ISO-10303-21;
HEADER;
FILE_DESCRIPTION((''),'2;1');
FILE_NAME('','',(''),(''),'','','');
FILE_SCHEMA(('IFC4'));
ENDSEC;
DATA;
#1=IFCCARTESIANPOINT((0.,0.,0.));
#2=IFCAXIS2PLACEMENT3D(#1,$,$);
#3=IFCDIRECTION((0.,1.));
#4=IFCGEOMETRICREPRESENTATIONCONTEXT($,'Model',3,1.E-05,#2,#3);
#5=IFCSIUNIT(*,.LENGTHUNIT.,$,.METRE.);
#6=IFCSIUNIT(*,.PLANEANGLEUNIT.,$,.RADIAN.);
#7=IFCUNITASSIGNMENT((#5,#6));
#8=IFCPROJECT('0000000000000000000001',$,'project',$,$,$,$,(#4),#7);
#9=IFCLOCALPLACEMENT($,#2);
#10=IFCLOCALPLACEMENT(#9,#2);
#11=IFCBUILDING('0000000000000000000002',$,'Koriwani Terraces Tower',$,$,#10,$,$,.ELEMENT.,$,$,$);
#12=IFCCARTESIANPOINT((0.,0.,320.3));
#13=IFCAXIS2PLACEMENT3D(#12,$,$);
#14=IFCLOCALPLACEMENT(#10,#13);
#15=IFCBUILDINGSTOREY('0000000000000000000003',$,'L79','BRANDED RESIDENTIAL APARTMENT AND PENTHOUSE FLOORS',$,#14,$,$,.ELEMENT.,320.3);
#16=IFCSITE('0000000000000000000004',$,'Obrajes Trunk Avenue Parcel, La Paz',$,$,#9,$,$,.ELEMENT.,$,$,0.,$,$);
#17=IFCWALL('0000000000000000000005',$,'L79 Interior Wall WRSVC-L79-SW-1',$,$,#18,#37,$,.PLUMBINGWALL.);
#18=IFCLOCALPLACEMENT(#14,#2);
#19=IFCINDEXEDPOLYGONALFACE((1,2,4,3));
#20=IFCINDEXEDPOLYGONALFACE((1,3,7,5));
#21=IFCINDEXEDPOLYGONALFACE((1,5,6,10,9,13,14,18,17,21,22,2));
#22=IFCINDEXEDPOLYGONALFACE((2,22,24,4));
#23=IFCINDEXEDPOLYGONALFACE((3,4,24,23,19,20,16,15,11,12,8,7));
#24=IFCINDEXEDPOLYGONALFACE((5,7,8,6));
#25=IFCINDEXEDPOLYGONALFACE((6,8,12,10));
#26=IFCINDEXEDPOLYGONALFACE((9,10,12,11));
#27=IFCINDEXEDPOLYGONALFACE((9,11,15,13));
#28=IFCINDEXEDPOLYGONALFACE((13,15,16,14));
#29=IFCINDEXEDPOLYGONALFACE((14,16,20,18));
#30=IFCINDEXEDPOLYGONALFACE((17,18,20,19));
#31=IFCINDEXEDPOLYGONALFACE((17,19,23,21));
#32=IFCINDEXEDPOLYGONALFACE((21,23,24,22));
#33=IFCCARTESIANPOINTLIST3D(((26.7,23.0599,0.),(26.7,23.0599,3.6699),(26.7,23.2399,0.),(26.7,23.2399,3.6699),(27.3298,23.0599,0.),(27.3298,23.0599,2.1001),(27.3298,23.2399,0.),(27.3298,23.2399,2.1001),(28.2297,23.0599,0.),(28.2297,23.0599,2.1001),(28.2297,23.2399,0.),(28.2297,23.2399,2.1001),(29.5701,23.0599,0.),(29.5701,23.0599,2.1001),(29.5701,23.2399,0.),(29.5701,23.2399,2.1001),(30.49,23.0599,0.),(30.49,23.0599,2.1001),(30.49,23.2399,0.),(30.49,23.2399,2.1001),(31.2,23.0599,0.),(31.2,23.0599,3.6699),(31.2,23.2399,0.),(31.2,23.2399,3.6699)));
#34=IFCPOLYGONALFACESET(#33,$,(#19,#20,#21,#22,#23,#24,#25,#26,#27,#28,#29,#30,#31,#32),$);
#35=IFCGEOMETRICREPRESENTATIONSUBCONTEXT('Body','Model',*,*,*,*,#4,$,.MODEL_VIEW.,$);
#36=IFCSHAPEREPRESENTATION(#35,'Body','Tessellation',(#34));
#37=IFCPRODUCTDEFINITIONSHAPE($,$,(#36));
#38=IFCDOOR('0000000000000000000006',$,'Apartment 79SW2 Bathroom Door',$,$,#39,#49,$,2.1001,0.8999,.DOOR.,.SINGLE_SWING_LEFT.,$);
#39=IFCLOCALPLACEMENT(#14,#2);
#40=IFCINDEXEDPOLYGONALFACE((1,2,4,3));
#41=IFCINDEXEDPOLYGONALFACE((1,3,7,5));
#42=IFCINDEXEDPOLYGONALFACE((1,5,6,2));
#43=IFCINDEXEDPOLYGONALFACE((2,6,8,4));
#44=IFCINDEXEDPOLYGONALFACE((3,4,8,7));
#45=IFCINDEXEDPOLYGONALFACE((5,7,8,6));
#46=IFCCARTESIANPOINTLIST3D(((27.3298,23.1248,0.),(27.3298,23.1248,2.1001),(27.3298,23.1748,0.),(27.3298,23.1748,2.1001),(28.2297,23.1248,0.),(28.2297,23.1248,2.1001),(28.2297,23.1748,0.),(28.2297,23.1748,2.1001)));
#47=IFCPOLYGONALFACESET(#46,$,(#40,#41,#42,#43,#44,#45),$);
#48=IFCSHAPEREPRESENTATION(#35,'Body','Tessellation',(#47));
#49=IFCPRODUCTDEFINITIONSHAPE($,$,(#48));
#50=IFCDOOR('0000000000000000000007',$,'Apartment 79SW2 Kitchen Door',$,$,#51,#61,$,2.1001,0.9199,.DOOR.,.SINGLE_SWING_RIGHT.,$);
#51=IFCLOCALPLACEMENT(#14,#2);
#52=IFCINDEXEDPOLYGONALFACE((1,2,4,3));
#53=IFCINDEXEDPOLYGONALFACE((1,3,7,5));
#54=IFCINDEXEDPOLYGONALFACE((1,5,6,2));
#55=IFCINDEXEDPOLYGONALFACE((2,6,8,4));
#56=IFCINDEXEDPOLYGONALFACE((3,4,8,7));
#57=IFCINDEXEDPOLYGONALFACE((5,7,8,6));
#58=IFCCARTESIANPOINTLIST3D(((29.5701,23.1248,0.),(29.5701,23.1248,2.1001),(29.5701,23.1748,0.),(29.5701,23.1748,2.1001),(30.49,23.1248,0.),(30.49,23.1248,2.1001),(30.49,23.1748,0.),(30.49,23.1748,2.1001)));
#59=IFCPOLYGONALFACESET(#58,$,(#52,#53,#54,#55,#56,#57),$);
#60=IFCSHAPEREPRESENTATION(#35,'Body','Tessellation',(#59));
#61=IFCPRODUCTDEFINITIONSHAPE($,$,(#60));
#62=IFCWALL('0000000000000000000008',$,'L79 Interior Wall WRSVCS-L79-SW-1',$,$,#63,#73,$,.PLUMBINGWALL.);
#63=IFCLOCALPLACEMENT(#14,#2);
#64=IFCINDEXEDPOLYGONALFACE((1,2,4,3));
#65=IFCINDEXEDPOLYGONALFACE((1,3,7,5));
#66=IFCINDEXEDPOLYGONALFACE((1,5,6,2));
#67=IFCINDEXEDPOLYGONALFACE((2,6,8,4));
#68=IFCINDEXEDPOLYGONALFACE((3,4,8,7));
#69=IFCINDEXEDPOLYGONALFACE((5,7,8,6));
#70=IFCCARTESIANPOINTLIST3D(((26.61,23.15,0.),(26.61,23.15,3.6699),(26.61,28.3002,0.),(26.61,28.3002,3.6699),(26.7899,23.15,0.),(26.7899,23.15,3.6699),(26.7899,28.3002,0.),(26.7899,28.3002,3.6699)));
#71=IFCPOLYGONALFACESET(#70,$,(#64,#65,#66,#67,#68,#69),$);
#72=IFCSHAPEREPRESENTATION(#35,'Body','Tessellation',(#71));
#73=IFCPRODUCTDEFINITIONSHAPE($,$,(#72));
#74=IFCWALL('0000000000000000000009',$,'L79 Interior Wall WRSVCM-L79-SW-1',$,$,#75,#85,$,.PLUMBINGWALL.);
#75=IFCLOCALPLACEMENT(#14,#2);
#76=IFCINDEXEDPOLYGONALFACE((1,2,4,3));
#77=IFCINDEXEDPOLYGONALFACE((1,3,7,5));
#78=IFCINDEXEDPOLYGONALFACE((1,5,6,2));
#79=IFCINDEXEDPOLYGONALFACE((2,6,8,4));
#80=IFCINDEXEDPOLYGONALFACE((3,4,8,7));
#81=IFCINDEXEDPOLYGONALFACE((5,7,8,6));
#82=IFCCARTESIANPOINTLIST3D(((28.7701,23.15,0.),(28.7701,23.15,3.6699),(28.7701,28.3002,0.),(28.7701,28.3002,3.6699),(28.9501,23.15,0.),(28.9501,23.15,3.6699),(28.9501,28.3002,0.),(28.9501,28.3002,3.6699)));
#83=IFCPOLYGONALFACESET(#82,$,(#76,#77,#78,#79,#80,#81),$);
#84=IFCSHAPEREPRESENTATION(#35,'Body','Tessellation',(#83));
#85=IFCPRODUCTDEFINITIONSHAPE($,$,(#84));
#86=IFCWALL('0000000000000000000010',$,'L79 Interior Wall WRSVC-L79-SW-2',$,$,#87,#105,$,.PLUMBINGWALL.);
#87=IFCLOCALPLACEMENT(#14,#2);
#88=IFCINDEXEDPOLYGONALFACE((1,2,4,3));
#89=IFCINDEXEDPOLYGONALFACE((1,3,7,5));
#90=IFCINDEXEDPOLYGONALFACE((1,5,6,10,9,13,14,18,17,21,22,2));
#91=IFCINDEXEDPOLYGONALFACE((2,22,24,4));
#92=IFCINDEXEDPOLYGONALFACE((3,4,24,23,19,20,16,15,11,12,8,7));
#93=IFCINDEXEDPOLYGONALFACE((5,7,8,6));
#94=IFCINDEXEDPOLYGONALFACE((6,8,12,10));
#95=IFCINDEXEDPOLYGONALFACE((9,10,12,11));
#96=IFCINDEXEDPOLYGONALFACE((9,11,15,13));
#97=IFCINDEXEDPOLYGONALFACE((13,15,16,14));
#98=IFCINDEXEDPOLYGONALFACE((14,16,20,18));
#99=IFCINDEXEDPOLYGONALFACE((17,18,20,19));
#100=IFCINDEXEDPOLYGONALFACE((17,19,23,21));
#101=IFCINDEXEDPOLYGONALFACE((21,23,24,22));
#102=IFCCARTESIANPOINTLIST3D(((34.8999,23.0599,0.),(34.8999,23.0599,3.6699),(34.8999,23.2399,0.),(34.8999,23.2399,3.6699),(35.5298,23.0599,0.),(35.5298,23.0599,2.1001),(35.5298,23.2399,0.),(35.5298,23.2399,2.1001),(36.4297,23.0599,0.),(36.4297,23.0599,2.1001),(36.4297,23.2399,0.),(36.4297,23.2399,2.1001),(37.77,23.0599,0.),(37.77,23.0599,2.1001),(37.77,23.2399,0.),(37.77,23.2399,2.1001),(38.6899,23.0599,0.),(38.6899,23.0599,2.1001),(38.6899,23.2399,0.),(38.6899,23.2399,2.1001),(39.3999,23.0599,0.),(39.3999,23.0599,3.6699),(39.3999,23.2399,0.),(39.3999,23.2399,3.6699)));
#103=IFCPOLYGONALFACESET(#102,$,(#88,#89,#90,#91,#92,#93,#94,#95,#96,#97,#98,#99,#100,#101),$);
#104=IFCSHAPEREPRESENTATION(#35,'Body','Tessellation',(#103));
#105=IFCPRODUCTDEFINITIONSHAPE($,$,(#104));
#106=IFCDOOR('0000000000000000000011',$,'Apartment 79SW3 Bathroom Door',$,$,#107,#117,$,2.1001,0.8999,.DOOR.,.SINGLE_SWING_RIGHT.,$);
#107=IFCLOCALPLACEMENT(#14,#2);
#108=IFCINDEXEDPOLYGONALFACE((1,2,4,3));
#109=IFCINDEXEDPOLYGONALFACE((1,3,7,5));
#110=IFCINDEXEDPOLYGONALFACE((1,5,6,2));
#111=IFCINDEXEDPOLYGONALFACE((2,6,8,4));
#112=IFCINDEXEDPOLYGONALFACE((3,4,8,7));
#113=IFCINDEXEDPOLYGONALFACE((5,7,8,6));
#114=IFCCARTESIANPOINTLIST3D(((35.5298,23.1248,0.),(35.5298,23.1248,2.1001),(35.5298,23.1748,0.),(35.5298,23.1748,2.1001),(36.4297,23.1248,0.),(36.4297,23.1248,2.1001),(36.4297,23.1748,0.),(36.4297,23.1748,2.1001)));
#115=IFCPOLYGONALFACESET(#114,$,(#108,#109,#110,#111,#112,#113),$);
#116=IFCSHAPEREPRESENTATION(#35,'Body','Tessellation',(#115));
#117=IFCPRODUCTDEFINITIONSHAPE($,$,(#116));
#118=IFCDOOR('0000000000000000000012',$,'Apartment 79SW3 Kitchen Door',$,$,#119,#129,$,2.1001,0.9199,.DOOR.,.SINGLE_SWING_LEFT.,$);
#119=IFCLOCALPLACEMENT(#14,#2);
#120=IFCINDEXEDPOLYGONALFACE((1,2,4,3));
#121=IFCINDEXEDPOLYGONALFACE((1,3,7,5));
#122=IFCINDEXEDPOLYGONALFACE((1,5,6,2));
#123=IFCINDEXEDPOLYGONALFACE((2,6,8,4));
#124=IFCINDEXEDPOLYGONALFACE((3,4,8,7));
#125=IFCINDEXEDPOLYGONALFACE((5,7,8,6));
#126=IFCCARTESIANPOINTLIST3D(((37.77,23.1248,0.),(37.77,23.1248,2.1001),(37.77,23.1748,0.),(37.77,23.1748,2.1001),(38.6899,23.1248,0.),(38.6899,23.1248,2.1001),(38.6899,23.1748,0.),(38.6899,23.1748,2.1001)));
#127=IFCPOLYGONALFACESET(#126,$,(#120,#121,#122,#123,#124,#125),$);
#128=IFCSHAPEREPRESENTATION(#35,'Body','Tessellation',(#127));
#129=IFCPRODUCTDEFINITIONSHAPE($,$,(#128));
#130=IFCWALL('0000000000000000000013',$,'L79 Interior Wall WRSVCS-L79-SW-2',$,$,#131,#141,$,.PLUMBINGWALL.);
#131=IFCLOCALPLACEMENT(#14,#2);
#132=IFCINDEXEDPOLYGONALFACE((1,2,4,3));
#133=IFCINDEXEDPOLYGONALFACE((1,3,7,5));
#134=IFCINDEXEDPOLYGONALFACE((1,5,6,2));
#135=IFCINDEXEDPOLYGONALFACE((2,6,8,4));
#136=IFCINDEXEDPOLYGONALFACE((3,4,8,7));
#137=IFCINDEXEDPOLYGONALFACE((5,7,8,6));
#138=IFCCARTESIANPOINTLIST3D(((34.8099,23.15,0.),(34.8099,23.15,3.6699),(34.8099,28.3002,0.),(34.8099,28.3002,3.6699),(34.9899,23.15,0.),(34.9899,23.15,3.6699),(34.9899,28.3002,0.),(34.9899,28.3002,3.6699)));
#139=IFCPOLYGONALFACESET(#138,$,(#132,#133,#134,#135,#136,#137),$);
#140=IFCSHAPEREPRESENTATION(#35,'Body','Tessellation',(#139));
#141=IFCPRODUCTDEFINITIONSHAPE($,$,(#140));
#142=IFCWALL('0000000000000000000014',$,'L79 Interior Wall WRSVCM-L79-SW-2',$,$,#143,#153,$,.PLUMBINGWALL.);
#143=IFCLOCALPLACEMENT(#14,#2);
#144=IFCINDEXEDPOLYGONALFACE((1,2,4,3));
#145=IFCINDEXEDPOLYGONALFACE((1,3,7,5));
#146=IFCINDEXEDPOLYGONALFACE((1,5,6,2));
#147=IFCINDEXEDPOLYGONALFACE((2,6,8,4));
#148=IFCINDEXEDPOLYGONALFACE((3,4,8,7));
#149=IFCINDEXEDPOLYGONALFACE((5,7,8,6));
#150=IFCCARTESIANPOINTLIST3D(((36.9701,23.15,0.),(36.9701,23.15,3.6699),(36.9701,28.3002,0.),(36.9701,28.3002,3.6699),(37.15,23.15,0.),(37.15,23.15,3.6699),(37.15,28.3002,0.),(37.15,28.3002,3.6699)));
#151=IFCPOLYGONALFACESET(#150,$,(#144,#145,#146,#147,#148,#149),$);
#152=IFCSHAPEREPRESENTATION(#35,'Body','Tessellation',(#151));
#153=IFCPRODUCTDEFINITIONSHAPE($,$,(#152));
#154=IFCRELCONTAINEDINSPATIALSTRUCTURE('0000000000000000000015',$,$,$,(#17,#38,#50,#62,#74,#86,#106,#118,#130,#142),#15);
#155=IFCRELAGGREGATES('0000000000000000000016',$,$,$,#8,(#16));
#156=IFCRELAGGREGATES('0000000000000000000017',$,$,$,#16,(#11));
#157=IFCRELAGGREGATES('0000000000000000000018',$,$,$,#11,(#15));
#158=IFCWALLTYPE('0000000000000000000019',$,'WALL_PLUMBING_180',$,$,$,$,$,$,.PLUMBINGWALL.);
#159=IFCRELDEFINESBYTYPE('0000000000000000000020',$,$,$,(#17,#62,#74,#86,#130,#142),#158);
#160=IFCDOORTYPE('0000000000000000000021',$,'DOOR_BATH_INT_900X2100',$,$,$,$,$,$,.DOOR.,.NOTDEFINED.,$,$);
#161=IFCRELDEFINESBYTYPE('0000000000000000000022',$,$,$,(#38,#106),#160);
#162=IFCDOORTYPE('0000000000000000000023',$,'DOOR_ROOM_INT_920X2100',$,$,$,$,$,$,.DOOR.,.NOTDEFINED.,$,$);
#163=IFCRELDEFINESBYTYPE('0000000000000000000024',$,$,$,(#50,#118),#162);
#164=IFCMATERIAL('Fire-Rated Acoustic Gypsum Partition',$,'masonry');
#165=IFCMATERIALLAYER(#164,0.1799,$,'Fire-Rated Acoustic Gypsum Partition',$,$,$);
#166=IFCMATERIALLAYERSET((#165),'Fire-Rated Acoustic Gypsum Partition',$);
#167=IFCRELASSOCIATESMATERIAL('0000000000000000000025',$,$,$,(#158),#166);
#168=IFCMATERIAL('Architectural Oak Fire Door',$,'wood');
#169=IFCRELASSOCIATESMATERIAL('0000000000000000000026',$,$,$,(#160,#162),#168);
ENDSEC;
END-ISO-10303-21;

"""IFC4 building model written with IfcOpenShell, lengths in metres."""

from ifc_helpers import new_model, si_unit, direction, frame, frame_2d, origin, place, context, subcontext, project, spatial, rectangle, extrude, material, layer, layer_set, type_object, element, fill, save


model = new_model("IFC4")

# Units and contexts
model_context = context("Model", 3, precision=1e-05, world=origin(), true_north=direction((0.0, 1.0)))
body_context = subcontext(model_context, "Body", "Model", "MODEL_VIEW")
ifc_project = project(units=[si_unit("LENGTHUNIT", "METRE"), si_unit("PLANEANGLEUNIT", "RADIAN")], contexts=[model_context])

# Site, building, storey
site_placement = place(None, origin())
site = spatial("IfcSite", under=ifc_project, at=site_placement, Name="Obrajes Trunk Avenue Parcel, La Paz", CompositionType="ELEMENT", RefElevation=0.0)
building_placement = place(site_placement, origin())
building = spatial("IfcBuilding", under=site, at=building_placement, Name="Koriwani Terraces Tower", CompositionType="ELEMENT")
storey_placement = place(building_placement, frame((0.0, 0.0, 320.3)))
storey = spatial("IfcBuildingStorey", under=building, at=storey_placement, Name="L79", Description="BRANDED RESIDENTIAL APARTMENT AND PENTHOUSE FLOORS", CompositionType="ELEMENT", Elevation=320.3)

# Wall, openings, doors
ifc_material_1 = material(Name="Fire-Rated Acoustic Gypsum Partition", Category="masonry")
ifc_layer_1 = layer(ifc_material_1, 0.1799, Name="Fire-Rated Acoustic Gypsum Partition")
ifc_layer_set_1 = layer_set([ifc_layer_1], Name="Fire-Rated Acoustic Gypsum Partition")
wall_type_1 = type_object("IfcWallType", Name="WALL_PLUMBING_180", PredefinedType="PLUMBINGWALL", material=ifc_layer_set_1)
wall_1_placement = place(storey_placement, frame((26.7, 23.1499, 0.0), z_axis=(0.0, 0.0, 1.0), x_axis=(1.0, 0.0, 0.0)))
wall_1 = element("IfcWall", 1, at=wall_1_placement, inside=storey, type_object=wall_type_1, Name="L79 Interior Wall WRSVC-L79-SW-1", PredefinedType="PLUMBINGWALL", context=body_context, shape_type="SweptSolid", body=[
    extrude(rectangle(XDim=4.5, YDim=0.1799, at=frame_2d((2.25, 0.0))), origin(), (0.0, 0.0, 1.0), 3.6699),
])
opening_1_placement = place(wall_1_placement, frame((0.6299, 0.0, 0.0)))
opening_1 = element("IfcOpeningElement", 2, at=opening_1_placement, cuts=wall_1, PredefinedType="OPENING", context=body_context, shape_type="SweptSolid", body=[
    extrude(rectangle(XDim=0.8999, YDim=2.1001, at=frame_2d((0.45, 1.05))), frame((0.0, 0.1001, 0.0), z_axis=(0.0, -1.0, 0.0), x_axis=(1.0, 0.0, 0.0)), (0.0, 0.0, 1.0), 0.2),
])
opening_2_placement = place(wall_1_placement, frame((2.8701, 0.0, 0.0)))
opening_2 = element("IfcOpeningElement", 3, at=opening_2_placement, cuts=wall_1, PredefinedType="OPENING", context=body_context, shape_type="SweptSolid", body=[
    extrude(rectangle(XDim=0.9199, YDim=2.1001, at=frame_2d((0.46, 1.05))), frame((0.0, 0.1001, 0.0), z_axis=(0.0, -1.0, 0.0), x_axis=(1.0, 0.0, 0.0)), (0.0, 0.0, 1.0), 0.2),
])
ifc_material_2 = material(Name="Architectural Oak Fire Door", Category="wood")
door_type_1 = type_object("IfcDoorType", Name="DOOR_BATH_INT_900X2100", OperationType="NOTDEFINED", PredefinedType="DOOR", material=ifc_material_2)
door_1_placement = place(opening_1_placement, origin())
door_1 = element("IfcDoor", 4, at=door_1_placement, inside=storey, type_object=door_type_1, Name="Apartment 79SW2 Bathroom Door", OperationType="SINGLE_SWING_LEFT", OverallHeight=2.1001, OverallWidth=0.8999, PredefinedType="DOOR", context=body_context, shape_type="SweptSolid", body=[
    extrude(rectangle(XDim=0.8999, YDim=2.1001, at=frame_2d((0.45, 1.05))), frame((0.0, 0.0249, 0.0), z_axis=(0.0, -1.0, 0.0), x_axis=(1.0, 0.0, 0.0)), (0.0, 0.0, 1.0), 0.05),
])
fill(opening_1, door_1)
door_type_2 = type_object("IfcDoorType", Name="DOOR_ROOM_INT_920X2100", OperationType="NOTDEFINED", PredefinedType="DOOR", material=ifc_material_2)
door_2_placement = place(opening_2_placement, origin())
door_2 = element("IfcDoor", 5, at=door_2_placement, inside=storey, type_object=door_type_2, Name="Apartment 79SW2 Kitchen Door", OperationType="SINGLE_SWING_RIGHT", OverallHeight=2.1001, OverallWidth=0.9199, PredefinedType="DOOR", context=body_context, shape_type="SweptSolid", body=[
    extrude(rectangle(XDim=0.9199, YDim=2.1001, at=frame_2d((0.46, 1.05))), frame((0.0, 0.0249, 0.0), z_axis=(0.0, -1.0, 0.0), x_axis=(1.0, 0.0, 0.0)), (0.0, 0.0, 1.0), 0.05),
])
fill(opening_2, door_2)

# Walls
for number, where, z_axis, x_axis, name in (
    (6, (26.7, 23.1499, 0.0), (0.0, 0.0, 1.0), (0.0, 1.0, 0.0), "L79 Interior Wall WRSVCS-L79-SW-1"),
    (7, (28.8601, 23.1499, 0.0), (0.0, 0.0, 1.0), (0.0, 1.0, 0.0), "L79 Interior Wall WRSVCM-L79-SW-1"),
):
    element("IfcWall", number, at=place(storey_placement, frame(where, z_axis=z_axis, x_axis=x_axis)), inside=storey, type_object=wall_type_1, Name=name, PredefinedType="PLUMBINGWALL", context=body_context, shape_type="SweptSolid", body=[
        extrude(rectangle(XDim=5.1501, YDim=0.1799, at=frame_2d((2.5752, 0.0))), origin(), (0.0, 0.0, 1.0), 3.6699),
    ])

# Wall, openings, doors
wall_2_placement = place(storey_placement, frame((34.8999, 23.1499, 0.0), z_axis=(0.0, 0.0, 1.0), x_axis=(1.0, 0.0, 0.0)))
wall_2 = element("IfcWall", 8, at=wall_2_placement, inside=storey, type_object=wall_type_1, Name="L79 Interior Wall WRSVC-L79-SW-2", PredefinedType="PLUMBINGWALL", context=body_context, shape_type="SweptSolid", body=[
    extrude(rectangle(XDim=4.5, YDim=0.1799, at=frame_2d((2.25, 0.0))), origin(), (0.0, 0.0, 1.0), 3.6699),
])
opening_3_placement = place(wall_2_placement, frame((0.6299, 0.0, 0.0)))
opening_3 = element("IfcOpeningElement", 9, at=opening_3_placement, cuts=wall_2, PredefinedType="OPENING", context=body_context, shape_type="SweptSolid", body=[
    extrude(rectangle(XDim=0.8999, YDim=2.1001, at=frame_2d((0.45, 1.05))), frame((0.0, 0.1001, 0.0), z_axis=(0.0, -1.0, 0.0), x_axis=(1.0, 0.0, 0.0)), (0.0, 0.0, 1.0), 0.2),
])
opening_4_placement = place(wall_2_placement, frame((2.8701, 0.0, 0.0)))
opening_4 = element("IfcOpeningElement", 10, at=opening_4_placement, cuts=wall_2, PredefinedType="OPENING", context=body_context, shape_type="SweptSolid", body=[
    extrude(rectangle(XDim=0.9199, YDim=2.1001, at=frame_2d((0.46, 1.05))), frame((0.0, 0.1001, 0.0), z_axis=(0.0, -1.0, 0.0), x_axis=(1.0, 0.0, 0.0)), (0.0, 0.0, 1.0), 0.2),
])
door_3_placement = place(opening_3_placement, origin())
door_3 = element("IfcDoor", 11, at=door_3_placement, inside=storey, type_object=door_type_1, Name="Apartment 79SW3 Bathroom Door", OperationType="SINGLE_SWING_RIGHT", OverallHeight=2.1001, OverallWidth=0.8999, PredefinedType="DOOR", context=body_context, shape_type="SweptSolid", body=[
    extrude(rectangle(XDim=0.8999, YDim=2.1001, at=frame_2d((0.45, 1.05))), frame((0.0, 0.0249, 0.0), z_axis=(0.0, -1.0, 0.0), x_axis=(1.0, 0.0, 0.0)), (0.0, 0.0, 1.0), 0.05),
])
fill(opening_3, door_3)
door_4_placement = place(opening_4_placement, origin())
door_4 = element("IfcDoor", 12, at=door_4_placement, inside=storey, type_object=door_type_2, Name="Apartment 79SW3 Kitchen Door", OperationType="SINGLE_SWING_LEFT", OverallHeight=2.1001, OverallWidth=0.9199, PredefinedType="DOOR", context=body_context, shape_type="SweptSolid", body=[
    extrude(rectangle(XDim=0.9199, YDim=2.1001, at=frame_2d((0.46, 1.05))), frame((0.0, 0.0249, 0.0), z_axis=(0.0, -1.0, 0.0), x_axis=(1.0, 0.0, 0.0)), (0.0, 0.0, 1.0), 0.05),
])
fill(opening_4, door_4)

# Walls
for number, where, z_axis, x_axis, name in (
    (13, (34.8999, 23.1499, 0.0), (0.0, 0.0, 1.0), (0.0, 1.0, 0.0), "L79 Interior Wall WRSVCS-L79-SW-2"),
    (14, (37.0601, 23.1499, 0.0), (0.0, 0.0, 1.0), (0.0, 1.0, 0.0), "L79 Interior Wall WRSVCM-L79-SW-2"),
):
    element("IfcWall", number, at=place(storey_placement, frame(where, z_axis=z_axis, x_axis=x_axis)), inside=storey, type_object=wall_type_1, Name=name, PredefinedType="PLUMBINGWALL", context=body_context, shape_type="SweptSolid", body=[
        extrude(rectangle(XDim=5.1501, YDim=0.1799, at=frame_2d((2.5752, 0.0))), origin(), (0.0, 0.0, 1.0), 3.6699),
    ])

save(model, "model.ifc")
